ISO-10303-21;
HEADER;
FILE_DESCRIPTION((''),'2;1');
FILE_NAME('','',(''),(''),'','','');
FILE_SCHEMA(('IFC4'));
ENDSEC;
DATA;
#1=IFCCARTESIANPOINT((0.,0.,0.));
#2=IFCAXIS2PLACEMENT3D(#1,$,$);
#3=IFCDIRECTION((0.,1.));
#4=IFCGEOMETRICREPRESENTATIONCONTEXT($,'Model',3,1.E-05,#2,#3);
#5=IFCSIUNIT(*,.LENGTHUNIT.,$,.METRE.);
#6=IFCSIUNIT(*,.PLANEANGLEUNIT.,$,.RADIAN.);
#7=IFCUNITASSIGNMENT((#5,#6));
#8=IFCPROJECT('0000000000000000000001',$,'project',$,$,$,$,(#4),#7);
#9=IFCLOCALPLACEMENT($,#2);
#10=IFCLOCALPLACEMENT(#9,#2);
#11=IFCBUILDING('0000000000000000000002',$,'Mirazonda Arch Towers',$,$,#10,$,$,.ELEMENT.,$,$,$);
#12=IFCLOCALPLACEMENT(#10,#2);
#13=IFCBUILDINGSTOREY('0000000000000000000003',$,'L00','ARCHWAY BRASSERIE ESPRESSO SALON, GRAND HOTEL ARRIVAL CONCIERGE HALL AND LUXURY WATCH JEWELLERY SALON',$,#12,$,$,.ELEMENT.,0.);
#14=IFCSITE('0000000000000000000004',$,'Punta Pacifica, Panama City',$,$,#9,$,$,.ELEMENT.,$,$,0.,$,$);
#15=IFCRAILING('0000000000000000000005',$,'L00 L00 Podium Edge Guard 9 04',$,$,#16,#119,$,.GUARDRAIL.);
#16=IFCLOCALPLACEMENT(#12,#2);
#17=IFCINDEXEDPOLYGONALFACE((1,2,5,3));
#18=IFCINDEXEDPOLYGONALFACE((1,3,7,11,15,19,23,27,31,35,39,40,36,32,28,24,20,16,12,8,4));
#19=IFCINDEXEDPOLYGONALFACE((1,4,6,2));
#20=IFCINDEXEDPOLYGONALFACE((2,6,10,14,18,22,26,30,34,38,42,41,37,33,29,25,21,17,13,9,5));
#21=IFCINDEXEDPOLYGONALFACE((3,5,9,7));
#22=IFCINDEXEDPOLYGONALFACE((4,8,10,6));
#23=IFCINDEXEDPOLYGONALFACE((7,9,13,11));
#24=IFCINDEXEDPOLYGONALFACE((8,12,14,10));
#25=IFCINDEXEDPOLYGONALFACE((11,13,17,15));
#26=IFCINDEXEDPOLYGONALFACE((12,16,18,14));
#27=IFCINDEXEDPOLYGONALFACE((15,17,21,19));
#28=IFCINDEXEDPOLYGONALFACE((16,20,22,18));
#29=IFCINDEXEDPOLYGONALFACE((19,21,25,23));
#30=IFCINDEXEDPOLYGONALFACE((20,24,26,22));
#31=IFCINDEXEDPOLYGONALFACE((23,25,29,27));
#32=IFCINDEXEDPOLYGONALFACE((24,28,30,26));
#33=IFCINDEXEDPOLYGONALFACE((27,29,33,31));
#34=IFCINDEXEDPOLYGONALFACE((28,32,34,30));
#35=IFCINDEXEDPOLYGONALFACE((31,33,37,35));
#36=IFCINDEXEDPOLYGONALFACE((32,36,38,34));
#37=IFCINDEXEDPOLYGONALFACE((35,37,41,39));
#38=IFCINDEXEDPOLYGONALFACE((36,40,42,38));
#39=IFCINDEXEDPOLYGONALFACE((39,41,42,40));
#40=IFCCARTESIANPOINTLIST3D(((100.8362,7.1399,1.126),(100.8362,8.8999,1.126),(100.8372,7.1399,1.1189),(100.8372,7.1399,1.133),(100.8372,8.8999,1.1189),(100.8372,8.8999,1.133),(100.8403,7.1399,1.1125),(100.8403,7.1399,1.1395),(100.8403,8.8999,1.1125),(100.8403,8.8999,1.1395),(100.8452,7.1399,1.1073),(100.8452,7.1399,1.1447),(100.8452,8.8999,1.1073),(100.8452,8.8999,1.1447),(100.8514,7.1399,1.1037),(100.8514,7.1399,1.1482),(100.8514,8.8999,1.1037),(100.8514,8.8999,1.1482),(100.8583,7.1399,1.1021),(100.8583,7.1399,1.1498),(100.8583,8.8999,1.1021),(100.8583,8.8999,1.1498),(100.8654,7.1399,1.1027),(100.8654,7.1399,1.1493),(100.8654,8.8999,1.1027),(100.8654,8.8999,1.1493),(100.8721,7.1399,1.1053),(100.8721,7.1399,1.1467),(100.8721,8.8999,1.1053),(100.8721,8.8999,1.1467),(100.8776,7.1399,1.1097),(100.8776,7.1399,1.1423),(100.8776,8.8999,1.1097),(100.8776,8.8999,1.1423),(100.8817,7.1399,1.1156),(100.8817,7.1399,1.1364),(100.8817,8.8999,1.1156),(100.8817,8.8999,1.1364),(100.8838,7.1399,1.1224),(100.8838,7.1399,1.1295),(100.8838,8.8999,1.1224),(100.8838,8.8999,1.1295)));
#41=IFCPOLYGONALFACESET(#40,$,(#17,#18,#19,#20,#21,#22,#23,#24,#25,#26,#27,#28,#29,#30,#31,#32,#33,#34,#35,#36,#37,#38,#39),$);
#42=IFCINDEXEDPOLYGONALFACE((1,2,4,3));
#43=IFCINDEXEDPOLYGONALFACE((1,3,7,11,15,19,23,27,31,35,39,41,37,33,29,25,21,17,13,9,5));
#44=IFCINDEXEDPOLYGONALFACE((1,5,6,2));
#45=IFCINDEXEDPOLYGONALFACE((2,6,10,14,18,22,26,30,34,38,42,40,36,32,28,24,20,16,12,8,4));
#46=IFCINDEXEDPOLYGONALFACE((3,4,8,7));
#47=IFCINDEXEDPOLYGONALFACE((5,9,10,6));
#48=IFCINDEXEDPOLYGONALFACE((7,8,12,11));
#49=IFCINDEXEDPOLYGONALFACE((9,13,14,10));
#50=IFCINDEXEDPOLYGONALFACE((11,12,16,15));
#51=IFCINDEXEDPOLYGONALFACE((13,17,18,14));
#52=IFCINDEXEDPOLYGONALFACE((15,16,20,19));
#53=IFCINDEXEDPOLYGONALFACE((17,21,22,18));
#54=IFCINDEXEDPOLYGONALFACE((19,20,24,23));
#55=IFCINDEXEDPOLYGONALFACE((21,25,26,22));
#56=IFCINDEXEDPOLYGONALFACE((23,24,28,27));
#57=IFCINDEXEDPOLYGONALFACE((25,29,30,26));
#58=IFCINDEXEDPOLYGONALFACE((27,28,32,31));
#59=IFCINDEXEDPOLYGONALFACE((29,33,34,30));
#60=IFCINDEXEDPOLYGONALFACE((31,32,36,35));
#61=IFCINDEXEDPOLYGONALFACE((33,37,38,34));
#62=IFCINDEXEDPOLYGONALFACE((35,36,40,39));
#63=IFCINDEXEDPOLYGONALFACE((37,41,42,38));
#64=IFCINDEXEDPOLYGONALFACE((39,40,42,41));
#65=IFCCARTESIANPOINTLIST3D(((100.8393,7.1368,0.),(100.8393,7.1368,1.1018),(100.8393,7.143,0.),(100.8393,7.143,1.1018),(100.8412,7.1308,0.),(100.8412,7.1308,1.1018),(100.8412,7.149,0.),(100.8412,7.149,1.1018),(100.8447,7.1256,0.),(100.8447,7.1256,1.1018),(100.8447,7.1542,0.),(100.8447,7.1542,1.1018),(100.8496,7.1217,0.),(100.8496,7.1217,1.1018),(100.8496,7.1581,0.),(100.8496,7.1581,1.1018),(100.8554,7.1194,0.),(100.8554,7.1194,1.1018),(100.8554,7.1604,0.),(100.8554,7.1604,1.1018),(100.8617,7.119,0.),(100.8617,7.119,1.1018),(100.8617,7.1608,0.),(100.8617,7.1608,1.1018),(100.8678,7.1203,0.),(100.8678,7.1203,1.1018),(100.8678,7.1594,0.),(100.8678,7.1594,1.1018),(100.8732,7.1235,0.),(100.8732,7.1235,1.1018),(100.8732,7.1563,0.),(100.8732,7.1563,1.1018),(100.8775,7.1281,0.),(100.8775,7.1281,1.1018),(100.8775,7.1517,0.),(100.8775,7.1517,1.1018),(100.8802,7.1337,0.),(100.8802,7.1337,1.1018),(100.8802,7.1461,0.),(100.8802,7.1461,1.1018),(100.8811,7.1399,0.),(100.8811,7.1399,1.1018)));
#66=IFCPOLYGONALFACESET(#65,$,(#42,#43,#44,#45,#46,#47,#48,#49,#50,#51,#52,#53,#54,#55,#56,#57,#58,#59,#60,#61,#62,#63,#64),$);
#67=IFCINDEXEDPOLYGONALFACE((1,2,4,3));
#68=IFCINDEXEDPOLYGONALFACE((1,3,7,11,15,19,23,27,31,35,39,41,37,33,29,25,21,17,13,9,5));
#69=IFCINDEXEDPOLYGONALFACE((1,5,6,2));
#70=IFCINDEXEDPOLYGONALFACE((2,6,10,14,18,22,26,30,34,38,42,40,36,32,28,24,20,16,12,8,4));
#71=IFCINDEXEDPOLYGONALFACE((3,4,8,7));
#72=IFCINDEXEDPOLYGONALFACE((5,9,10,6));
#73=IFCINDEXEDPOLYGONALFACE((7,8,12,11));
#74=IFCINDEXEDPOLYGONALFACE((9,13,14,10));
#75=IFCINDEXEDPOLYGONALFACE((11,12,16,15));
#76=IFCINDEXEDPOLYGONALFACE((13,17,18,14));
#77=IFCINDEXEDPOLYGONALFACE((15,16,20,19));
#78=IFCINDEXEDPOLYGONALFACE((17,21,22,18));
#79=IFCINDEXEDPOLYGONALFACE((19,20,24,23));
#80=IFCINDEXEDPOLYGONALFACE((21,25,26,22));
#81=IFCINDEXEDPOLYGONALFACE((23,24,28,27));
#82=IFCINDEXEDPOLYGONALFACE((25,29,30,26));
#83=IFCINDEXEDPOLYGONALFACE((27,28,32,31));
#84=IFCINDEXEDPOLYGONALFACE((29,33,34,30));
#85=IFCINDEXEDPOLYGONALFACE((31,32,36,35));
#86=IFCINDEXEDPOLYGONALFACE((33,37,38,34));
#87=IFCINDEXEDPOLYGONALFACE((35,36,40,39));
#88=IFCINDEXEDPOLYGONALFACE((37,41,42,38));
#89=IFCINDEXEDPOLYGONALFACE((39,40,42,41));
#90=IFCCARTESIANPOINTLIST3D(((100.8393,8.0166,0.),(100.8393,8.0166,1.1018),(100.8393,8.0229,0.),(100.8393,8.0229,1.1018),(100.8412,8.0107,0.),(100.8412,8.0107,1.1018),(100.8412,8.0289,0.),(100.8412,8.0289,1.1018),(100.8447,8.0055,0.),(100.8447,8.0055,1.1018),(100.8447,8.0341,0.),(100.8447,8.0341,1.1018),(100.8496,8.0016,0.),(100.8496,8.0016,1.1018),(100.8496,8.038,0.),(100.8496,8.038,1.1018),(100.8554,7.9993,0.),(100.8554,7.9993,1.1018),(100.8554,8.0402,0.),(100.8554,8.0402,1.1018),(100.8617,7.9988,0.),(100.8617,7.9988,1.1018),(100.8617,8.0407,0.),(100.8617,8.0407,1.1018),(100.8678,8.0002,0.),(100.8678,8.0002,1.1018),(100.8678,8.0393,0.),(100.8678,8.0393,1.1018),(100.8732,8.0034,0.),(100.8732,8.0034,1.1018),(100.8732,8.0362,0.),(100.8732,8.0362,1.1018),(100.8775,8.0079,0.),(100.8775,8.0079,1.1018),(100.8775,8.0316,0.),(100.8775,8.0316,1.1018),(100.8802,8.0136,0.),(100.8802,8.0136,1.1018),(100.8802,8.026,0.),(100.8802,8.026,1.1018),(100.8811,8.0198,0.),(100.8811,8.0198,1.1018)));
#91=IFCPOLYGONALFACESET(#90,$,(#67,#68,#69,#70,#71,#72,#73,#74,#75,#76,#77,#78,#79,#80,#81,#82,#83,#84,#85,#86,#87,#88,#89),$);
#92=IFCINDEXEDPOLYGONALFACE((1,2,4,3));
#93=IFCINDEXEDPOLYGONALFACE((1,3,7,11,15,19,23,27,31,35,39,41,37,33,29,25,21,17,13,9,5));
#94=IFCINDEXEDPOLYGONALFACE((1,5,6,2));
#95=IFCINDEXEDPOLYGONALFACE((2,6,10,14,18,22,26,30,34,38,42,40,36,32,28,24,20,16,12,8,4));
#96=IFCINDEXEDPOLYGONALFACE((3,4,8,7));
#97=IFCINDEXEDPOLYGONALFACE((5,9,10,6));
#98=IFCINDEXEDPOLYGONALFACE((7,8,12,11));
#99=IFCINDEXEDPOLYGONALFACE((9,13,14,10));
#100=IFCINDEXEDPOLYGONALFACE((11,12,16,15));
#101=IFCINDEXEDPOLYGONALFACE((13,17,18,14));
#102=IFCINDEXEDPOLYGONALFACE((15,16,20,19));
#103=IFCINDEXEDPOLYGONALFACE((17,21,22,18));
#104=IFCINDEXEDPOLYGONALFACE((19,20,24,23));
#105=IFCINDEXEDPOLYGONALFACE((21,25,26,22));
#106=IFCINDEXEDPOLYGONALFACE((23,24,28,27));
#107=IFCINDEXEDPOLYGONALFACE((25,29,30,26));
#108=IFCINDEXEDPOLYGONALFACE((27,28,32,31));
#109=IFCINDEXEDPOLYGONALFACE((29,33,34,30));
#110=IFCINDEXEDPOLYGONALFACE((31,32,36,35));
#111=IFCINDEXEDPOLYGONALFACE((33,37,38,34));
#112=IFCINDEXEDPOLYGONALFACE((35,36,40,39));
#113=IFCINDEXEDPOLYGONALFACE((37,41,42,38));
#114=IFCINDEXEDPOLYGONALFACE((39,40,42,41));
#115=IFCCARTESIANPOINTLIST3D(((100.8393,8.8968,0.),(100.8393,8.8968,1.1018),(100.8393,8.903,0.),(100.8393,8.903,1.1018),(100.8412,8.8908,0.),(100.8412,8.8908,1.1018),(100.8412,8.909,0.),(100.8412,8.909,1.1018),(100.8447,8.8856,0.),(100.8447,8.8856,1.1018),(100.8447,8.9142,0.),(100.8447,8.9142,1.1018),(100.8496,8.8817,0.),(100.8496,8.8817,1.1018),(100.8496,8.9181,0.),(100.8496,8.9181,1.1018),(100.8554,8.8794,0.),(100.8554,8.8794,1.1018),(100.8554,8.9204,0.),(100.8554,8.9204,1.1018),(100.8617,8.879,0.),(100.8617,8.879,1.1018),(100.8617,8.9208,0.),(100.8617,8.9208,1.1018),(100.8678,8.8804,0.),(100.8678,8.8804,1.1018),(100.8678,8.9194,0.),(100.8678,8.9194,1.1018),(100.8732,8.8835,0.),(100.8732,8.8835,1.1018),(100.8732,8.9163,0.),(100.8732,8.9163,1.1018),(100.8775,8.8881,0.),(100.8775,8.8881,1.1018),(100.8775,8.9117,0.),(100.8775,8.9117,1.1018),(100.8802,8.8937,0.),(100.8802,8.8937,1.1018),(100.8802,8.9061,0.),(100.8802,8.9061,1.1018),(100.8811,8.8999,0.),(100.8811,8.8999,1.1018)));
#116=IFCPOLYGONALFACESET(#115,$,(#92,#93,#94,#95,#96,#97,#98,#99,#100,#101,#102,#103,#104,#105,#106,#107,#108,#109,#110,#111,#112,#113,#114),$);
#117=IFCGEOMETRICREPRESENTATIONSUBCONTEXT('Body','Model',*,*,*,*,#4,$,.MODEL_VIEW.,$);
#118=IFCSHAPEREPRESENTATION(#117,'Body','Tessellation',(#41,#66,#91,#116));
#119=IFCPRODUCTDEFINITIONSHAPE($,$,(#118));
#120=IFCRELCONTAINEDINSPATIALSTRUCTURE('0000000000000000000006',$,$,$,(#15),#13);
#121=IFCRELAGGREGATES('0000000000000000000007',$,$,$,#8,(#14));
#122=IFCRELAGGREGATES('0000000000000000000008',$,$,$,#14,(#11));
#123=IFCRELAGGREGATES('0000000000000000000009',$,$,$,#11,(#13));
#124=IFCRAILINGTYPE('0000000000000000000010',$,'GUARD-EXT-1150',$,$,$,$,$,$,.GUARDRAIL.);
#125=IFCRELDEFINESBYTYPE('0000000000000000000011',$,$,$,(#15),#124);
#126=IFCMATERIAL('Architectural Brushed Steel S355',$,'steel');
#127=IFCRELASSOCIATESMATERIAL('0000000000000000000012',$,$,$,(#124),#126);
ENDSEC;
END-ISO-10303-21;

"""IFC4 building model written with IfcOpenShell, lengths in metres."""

from ifc_helpers import new_model, si_unit, direction, frame, origin, origin_2d, place, context, subcontext, project, spatial, circle, extrude, material, type_object, element, save


model = new_model("IFC4")

# Units and contexts
model_context = context("Model", 3, precision=1e-05, world=origin(), true_north=direction((0.0, 1.0)))
body_context = subcontext(model_context, "Body", "Model", "MODEL_VIEW")
ifc_project = project(units=[si_unit("LENGTHUNIT", "METRE"), si_unit("PLANEANGLEUNIT", "RADIAN")], contexts=[model_context])

# Site, building, storey
site_placement = place(None, origin())
site = spatial("IfcSite", under=ifc_project, at=site_placement, Name="Punta Pacifica, Panama City", CompositionType="ELEMENT", RefElevation=0.0)
building_placement = place(site_placement, origin())
building = spatial("IfcBuilding", under=site, at=building_placement, Name="Mirazonda Arch Towers", CompositionType="ELEMENT")
storey_placement = place(building_placement, origin())
storey = spatial("IfcBuildingStorey", under=building, at=storey_placement, Name="L00", Description="ARCHWAY BRASSERIE ESPRESSO SALON, GRAND HOTEL ARRIVAL CONCIERGE HALL AND LUXURY WATCH JEWELLERY SALON", CompositionType="ELEMENT", Elevation=0.0)

# Shared definitions
ifc_material_1 = material(Name="Architectural Brushed Steel S355", Category="steel")

# Railing
railing_type = type_object("IfcRailingType", Name="GUARD-EXT-1150", PredefinedType="GUARDRAIL", material=ifc_material_1)
railing_1_placement = place(storey_placement, frame((100.8601, 7.1399, 0.0)))
element("IfcRailing", 1, at=railing_1_placement, inside=storey, type_object=railing_type, Name="L00 L00 Podium Edge Guard 9 04", PredefinedType="GUARDRAIL", context=body_context, shape_type="SweptSolid", body=[
    extrude(circle(Radius=0.0239, at=origin_2d()), frame((0.0, 0.0, 1.126), z_axis=(0.0, 1.0, 0.0), x_axis=(-1.0, 0.0, 0.0)), (0.0, 0.0, 1.0), 1.76),
    extrude(circle(Radius=0.021, at=origin_2d()), origin(), (0.0, 0.0, 1.0), 1.1018),
    extrude(circle(Radius=0.021, at=origin_2d()), frame((0.0, 0.8799, 0.0)), (0.0, 0.0, 1.0), 1.1018),
    extrude(circle(Radius=0.021, at=origin_2d()), frame((0.0, 1.76, 0.0)), (0.0, 0.0, 1.0), 1.1018),
])

save(model, "model.ifc")
